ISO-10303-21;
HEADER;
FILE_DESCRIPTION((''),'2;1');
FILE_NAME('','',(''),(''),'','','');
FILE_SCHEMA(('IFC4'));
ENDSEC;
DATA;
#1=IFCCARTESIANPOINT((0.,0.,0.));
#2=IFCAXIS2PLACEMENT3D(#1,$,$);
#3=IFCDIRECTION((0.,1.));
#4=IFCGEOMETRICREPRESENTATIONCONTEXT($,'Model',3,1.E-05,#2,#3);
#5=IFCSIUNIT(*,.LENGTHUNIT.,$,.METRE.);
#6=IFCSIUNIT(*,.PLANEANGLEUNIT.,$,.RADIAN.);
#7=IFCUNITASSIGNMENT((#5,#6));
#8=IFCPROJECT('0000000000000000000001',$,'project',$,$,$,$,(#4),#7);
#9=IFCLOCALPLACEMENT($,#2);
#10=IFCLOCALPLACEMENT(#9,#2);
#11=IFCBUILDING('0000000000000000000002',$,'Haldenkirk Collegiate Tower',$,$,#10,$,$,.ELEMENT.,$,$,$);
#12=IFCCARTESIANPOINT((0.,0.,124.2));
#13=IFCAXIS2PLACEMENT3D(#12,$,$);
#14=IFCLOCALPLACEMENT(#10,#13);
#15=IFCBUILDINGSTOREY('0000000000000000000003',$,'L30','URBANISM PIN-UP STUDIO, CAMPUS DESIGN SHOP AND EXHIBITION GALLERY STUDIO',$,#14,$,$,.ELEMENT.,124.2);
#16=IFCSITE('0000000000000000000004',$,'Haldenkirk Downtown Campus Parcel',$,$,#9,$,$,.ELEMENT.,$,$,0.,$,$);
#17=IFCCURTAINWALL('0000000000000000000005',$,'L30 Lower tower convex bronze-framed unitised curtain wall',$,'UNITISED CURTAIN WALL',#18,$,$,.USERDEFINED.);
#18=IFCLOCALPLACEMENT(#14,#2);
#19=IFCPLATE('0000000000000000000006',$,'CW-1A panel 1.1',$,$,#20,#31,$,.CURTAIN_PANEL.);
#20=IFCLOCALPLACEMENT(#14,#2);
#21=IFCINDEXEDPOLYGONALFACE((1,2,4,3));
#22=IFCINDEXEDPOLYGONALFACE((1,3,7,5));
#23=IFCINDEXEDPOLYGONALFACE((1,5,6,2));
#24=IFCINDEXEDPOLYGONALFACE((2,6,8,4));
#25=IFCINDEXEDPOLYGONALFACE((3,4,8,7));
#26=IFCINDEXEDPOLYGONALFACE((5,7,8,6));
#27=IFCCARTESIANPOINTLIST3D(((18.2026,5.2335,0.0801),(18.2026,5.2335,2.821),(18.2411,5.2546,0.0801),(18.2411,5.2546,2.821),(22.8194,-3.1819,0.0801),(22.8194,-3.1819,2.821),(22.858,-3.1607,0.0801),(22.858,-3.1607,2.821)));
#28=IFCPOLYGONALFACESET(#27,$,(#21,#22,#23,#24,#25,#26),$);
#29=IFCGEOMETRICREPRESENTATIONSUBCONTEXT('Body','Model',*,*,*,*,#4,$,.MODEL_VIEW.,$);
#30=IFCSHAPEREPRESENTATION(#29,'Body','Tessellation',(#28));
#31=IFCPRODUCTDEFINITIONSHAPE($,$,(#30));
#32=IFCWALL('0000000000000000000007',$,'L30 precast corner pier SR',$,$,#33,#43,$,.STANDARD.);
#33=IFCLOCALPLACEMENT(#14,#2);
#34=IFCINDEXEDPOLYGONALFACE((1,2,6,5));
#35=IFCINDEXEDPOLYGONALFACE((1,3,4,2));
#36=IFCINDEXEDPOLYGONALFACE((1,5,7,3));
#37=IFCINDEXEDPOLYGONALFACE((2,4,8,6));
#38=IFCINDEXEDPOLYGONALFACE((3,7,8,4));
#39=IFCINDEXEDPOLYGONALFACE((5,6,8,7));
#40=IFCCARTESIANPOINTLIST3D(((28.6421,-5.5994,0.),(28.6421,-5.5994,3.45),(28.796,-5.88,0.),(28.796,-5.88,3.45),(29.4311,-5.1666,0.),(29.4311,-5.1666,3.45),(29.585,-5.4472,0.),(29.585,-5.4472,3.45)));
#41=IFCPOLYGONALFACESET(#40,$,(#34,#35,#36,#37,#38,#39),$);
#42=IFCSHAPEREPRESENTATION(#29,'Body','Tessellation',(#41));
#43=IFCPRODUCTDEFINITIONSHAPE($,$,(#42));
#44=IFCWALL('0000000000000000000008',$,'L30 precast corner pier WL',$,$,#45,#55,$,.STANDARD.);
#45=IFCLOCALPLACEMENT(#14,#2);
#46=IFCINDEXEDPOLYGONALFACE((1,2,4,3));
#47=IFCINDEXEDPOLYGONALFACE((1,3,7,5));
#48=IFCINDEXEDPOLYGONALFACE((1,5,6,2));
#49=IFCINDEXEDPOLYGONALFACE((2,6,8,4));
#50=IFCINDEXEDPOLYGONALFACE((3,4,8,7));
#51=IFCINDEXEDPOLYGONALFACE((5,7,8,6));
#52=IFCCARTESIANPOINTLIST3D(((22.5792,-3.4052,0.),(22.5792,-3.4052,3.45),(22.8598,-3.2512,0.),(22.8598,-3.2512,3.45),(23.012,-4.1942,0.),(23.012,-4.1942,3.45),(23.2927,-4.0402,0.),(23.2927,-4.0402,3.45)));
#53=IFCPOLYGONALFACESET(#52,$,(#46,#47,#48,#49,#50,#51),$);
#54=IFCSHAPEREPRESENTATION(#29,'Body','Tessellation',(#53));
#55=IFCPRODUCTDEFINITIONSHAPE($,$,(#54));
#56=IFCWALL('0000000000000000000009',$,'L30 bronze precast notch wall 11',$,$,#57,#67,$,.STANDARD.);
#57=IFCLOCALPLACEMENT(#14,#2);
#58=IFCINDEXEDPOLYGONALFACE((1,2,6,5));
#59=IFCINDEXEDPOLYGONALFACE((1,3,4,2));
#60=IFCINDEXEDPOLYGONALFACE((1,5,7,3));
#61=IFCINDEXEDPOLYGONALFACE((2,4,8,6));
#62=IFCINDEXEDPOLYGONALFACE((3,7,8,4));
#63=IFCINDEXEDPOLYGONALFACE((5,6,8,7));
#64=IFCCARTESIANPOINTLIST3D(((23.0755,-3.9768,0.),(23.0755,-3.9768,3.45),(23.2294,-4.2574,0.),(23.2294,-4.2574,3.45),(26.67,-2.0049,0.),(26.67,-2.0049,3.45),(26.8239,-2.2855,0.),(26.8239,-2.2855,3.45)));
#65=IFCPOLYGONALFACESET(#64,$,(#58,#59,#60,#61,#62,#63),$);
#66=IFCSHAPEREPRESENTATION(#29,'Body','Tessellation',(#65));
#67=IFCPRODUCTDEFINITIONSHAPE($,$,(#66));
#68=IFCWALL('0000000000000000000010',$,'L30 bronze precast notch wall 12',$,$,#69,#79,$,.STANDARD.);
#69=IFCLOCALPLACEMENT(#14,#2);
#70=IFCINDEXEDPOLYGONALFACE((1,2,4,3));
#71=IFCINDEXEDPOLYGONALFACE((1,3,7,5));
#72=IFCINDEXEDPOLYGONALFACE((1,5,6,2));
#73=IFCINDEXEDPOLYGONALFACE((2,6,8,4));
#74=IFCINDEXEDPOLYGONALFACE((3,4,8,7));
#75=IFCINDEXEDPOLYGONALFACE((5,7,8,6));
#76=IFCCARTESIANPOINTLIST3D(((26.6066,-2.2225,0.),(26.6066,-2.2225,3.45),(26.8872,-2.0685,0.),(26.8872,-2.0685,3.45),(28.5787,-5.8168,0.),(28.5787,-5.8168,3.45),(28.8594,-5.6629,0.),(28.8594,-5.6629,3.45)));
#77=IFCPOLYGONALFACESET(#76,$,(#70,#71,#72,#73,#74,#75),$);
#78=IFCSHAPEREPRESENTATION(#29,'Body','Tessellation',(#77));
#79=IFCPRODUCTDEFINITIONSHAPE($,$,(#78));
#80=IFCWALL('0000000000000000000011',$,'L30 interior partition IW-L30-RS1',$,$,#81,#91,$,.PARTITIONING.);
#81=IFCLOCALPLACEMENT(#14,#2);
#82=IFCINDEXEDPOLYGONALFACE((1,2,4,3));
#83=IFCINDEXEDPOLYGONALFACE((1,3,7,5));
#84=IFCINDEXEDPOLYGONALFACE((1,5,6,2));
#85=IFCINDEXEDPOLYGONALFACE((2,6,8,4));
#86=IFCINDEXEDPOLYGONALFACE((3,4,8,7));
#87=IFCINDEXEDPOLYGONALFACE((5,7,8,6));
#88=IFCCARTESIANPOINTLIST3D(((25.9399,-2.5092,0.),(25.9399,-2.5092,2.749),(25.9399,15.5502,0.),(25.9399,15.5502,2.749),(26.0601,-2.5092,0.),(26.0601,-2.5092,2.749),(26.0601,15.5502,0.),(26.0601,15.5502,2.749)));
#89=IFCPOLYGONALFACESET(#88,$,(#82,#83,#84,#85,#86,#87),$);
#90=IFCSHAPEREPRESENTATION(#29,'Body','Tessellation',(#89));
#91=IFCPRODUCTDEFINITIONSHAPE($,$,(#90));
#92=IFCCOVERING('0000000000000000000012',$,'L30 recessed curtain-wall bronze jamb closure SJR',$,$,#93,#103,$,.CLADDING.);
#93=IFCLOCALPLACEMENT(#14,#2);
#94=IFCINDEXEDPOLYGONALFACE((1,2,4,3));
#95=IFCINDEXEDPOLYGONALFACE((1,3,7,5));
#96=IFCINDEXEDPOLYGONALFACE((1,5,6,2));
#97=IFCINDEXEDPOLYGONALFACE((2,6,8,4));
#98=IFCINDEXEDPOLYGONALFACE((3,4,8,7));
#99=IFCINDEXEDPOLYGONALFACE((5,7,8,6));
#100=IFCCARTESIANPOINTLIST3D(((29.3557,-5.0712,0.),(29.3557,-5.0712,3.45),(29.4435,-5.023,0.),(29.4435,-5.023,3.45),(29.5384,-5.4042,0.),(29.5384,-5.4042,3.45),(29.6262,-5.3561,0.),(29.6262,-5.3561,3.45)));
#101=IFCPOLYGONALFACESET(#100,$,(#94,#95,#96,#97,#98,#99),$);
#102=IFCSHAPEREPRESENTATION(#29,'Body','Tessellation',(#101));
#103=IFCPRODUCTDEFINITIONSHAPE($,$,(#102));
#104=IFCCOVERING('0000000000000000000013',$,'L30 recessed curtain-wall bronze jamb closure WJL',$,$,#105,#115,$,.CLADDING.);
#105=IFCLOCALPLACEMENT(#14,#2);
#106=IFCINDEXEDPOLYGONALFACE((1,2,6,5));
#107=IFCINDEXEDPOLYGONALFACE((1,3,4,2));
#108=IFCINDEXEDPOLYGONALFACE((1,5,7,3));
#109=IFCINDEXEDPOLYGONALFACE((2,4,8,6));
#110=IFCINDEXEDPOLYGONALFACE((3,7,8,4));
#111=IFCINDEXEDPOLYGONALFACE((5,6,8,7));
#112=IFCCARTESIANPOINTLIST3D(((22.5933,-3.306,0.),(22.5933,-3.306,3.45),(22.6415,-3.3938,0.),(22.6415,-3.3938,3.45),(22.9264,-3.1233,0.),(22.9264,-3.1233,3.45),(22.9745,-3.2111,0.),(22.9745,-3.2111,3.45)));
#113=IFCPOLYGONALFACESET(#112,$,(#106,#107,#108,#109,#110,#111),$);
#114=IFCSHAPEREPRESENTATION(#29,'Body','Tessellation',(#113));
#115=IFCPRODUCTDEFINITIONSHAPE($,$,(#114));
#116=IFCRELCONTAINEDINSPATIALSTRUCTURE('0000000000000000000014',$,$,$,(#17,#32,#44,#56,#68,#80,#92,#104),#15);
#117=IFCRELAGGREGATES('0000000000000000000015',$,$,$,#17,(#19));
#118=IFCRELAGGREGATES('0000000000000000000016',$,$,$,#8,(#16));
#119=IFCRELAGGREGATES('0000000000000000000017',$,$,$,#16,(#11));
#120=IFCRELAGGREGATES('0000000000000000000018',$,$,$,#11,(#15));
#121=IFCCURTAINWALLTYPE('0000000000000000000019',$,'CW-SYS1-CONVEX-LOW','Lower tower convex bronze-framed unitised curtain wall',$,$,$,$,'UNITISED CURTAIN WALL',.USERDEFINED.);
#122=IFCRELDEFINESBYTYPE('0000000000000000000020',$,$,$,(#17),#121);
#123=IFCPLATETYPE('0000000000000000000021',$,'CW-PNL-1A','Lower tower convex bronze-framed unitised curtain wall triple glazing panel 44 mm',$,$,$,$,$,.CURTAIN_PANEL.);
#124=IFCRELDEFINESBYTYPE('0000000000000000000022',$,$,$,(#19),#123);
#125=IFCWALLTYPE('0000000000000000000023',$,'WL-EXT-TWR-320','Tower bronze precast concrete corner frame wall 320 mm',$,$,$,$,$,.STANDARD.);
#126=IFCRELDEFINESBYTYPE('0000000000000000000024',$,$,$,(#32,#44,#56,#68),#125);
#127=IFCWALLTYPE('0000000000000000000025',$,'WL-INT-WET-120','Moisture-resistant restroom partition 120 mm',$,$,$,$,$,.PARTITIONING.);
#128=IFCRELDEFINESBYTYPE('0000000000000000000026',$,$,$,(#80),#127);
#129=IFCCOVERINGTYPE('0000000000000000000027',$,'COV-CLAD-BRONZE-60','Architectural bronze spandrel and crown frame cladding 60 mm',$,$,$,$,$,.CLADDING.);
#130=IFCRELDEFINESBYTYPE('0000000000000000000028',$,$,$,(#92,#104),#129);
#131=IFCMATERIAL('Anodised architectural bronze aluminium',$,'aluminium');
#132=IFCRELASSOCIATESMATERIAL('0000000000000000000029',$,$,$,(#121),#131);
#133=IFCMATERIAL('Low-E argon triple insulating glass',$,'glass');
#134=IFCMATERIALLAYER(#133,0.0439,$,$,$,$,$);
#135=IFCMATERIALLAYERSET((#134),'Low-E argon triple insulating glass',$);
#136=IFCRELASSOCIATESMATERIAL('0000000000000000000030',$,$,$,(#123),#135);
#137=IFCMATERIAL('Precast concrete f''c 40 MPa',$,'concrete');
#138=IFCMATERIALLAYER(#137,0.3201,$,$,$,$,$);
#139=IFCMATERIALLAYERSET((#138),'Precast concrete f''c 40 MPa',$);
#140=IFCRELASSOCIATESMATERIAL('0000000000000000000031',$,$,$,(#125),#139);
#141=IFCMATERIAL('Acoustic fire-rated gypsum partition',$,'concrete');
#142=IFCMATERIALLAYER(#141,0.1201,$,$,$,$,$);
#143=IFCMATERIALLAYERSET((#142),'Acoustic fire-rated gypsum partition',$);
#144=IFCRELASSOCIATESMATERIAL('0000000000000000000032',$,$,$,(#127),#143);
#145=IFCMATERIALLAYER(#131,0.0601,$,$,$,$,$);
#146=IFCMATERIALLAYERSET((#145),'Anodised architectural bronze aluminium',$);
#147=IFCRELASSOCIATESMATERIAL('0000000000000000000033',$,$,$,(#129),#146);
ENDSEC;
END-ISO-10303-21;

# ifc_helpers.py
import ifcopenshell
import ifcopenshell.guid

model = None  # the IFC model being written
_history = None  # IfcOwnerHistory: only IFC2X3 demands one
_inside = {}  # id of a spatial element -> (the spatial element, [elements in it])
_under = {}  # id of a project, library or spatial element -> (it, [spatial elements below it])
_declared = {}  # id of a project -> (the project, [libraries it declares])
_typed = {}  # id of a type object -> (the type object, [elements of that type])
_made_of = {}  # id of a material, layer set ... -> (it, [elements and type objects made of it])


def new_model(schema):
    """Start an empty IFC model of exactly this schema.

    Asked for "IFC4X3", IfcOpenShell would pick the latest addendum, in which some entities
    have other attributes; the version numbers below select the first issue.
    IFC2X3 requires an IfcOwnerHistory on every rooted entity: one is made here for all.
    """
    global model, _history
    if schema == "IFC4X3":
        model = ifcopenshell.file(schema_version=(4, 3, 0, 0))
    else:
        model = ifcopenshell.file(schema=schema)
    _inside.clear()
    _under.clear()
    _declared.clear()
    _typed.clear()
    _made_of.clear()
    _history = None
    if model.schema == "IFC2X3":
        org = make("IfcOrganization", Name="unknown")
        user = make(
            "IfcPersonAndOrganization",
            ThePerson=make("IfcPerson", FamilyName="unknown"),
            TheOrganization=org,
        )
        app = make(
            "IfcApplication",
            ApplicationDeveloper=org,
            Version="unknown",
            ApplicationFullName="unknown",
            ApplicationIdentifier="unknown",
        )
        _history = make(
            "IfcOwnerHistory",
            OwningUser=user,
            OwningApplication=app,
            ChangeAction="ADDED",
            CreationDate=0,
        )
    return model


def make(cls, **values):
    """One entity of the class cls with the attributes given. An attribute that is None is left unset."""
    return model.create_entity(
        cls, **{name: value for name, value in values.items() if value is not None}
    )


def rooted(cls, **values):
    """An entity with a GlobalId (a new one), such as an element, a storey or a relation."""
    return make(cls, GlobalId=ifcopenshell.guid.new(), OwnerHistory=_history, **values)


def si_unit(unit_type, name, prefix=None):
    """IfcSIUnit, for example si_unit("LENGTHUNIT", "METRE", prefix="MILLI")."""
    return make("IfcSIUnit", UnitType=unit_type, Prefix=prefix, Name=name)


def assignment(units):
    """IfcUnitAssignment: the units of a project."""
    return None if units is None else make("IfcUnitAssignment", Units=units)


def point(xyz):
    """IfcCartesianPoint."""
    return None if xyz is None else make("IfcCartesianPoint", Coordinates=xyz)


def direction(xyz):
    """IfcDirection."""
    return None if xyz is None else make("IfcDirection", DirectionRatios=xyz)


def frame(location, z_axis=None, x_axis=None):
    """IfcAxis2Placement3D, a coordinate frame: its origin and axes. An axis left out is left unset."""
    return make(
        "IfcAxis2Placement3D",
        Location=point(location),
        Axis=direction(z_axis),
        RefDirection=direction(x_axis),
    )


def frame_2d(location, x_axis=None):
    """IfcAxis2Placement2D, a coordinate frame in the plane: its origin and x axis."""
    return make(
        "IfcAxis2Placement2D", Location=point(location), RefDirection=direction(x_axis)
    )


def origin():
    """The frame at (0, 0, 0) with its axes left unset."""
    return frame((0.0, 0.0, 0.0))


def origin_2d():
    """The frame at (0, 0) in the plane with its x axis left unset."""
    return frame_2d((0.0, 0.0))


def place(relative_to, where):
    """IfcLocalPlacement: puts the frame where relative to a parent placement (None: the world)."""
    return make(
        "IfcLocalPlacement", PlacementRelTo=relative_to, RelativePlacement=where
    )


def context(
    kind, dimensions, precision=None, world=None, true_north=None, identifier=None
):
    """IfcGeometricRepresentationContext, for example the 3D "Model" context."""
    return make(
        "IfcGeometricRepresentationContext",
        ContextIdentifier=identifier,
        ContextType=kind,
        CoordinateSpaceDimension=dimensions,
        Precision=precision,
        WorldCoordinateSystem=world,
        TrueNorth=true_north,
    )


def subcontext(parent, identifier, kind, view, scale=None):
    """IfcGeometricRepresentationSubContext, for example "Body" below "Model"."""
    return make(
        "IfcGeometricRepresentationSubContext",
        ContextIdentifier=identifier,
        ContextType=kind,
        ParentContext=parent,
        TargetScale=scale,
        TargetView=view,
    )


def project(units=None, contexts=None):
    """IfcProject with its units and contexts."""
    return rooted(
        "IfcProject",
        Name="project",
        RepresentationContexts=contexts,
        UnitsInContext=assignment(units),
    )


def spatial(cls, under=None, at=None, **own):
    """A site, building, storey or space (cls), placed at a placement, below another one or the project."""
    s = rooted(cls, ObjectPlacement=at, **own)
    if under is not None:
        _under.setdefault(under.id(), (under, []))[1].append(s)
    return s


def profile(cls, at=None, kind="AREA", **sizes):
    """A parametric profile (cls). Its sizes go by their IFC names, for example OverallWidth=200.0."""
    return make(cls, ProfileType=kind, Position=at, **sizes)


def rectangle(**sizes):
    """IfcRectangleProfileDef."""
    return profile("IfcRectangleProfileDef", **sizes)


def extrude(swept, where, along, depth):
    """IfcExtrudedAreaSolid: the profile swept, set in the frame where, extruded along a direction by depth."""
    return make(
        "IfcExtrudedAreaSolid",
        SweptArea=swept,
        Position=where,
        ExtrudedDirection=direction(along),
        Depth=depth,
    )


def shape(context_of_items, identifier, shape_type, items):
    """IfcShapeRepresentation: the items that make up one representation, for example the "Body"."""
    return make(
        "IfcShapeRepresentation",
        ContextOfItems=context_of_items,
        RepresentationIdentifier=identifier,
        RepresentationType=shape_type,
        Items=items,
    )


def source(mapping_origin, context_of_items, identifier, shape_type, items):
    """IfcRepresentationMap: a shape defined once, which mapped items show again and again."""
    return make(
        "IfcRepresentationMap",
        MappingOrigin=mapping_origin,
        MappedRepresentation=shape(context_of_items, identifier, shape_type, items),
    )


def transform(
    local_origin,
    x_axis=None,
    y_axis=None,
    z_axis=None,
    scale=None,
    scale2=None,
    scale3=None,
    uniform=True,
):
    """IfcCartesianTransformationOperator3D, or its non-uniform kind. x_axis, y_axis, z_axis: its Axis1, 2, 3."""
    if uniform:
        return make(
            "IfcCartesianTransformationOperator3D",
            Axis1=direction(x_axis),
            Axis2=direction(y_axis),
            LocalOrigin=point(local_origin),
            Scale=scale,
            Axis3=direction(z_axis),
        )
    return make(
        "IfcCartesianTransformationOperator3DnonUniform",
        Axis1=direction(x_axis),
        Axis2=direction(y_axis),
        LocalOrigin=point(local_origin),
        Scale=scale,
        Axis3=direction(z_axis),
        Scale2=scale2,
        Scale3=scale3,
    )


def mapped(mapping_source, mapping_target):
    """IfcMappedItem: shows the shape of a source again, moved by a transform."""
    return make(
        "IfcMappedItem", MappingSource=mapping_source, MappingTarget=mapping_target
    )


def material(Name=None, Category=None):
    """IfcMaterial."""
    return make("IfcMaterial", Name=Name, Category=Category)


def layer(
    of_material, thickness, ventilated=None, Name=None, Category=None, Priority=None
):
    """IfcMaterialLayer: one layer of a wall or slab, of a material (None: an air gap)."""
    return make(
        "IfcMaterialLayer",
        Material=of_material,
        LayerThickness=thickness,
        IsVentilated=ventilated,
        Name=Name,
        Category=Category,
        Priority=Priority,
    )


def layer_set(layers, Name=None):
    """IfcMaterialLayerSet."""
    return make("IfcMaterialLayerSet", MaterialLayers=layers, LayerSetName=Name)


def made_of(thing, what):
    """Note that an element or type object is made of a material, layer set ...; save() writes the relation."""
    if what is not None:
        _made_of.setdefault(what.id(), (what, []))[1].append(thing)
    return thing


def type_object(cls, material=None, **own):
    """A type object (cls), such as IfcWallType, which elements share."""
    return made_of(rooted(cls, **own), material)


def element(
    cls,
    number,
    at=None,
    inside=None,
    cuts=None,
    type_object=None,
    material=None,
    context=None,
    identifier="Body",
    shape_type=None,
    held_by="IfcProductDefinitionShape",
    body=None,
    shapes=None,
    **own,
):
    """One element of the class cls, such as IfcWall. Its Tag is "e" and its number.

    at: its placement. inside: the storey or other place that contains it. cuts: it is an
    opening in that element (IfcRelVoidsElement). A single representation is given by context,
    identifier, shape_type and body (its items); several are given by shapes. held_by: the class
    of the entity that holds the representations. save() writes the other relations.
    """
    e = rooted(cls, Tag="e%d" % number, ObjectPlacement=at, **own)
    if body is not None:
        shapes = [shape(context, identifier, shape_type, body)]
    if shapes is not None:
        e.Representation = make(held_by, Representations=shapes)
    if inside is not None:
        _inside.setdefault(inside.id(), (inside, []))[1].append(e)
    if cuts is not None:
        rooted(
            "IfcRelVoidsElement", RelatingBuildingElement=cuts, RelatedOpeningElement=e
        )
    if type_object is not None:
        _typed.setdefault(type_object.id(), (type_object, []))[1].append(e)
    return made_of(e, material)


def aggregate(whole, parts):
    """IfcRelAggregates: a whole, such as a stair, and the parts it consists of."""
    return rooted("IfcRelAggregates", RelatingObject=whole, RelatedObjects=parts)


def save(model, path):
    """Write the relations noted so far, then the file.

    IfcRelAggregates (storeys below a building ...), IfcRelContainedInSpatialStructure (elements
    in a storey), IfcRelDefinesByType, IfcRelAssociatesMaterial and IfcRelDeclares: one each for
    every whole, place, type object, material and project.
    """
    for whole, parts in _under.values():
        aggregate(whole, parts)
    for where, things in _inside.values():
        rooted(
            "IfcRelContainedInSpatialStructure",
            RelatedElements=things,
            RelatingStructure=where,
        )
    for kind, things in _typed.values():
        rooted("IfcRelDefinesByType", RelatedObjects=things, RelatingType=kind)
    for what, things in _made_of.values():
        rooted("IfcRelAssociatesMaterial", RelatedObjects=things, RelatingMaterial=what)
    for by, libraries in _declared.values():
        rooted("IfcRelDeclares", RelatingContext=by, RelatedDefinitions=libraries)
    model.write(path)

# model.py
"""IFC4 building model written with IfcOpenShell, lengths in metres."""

from ifc_helpers import new_model, si_unit, direction, frame, frame_2d, origin, origin_2d, place, context, subcontext, project, spatial, rectangle, extrude, source, transform, mapped, material, layer, layer_set, type_object, element, aggregate, save


model = new_model("IFC4")

# Units and contexts
model_context = context("Model", 3, precision=1e-05, world=origin(), true_north=direction((0.0, 1.0)))
body_context = subcontext(model_context, "Body", "Model", "MODEL_VIEW")
ifc_project = project(units=[si_unit("LENGTHUNIT", "METRE"), si_unit("PLANEANGLEUNIT", "RADIAN")], contexts=[model_context])

# Site, building, storey
site_placement = place(None, origin())
site = spatial("IfcSite", under=ifc_project, at=site_placement, Name="Haldenkirk Downtown Campus Parcel", CompositionType="ELEMENT", RefElevation=0.0)
building_placement = place(site_placement, origin())
building = spatial("IfcBuilding", under=site, at=building_placement, Name="Haldenkirk Collegiate Tower", CompositionType="ELEMENT")
storey_placement = place(building_placement, frame((0.0, 0.0, 124.2)))
storey = spatial("IfcBuildingStorey", under=building, at=storey_placement, Name="L30", Description="URBANISM PIN-UP STUDIO, CAMPUS DESIGN SHOP AND EXHIBITION GALLERY STUDIO", CompositionType="ELEMENT", Elevation=124.2)

# Shared definitions
ifc_material_1 = material(Name="Anodised architectural bronze aluminium", Category="aluminium")

# Curtain wall, plate
curtain_wall_type_1 = type_object("IfcCurtainWallType", Name="CW-SYS1-CONVEX-LOW", Description="Lower tower convex bronze-framed unitised curtain wall", ElementType="UNITISED CURTAIN WALL", PredefinedType="USERDEFINED", material=ifc_material_1)
curtain_wall_1_placement = place(storey_placement, origin())
curtain_wall_1 = element("IfcCurtainWall", 1, at=curtain_wall_1_placement, inside=storey, type_object=curtain_wall_type_1, Name="L30 Lower tower convex bronze-framed unitised curtain wall", ObjectType="UNITISED CURTAIN WALL", PredefinedType="USERDEFINED")
ifc_material_2 = material(Name="Low-E argon triple insulating glass", Category="glass")
ifc_layer_1 = layer(ifc_material_2, 0.0439)
ifc_layer_set_1 = layer_set([ifc_layer_1], Name="Low-E argon triple insulating glass")
plate_type = type_object("IfcPlateType", Name="CW-PNL-1A", Description="Lower tower convex bronze-framed unitised curtain wall triple glazing panel 44 mm", PredefinedType="CURTAIN_PANEL", material=ifc_layer_set_1)
shared_shape_1 = source(origin(), body_context, "Body", "SweptSolid", [
    extrude(rectangle(XDim=9.5986, YDim=0.0439, at=origin_2d()), origin(), (0.0, 0.0, 1.0), 2.741),
])
plate_placement = place(storey_placement, frame((20.5303, 1.0364, 0.0801), z_axis=(0.0, 0.0, 1.0), x_axis=(-0.480989, 0.876727, 0.0)))
plate = element("IfcPlate", 2, at=plate_placement, type_object=plate_type, Name="CW-1A panel 1.1", PredefinedType="CURTAIN_PANEL", context=body_context, shape_type="MappedRepresentation", body=[
    mapped(shared_shape_1, transform((0.0, 0.0, 0.0), x_axis=(1.0, 0.0, 0.0), y_axis=(0.0, 1.0, 0.0), z_axis=(0.0, 0.0, 1.0), scale=1.0)),
])
aggregate(curtain_wall_1, [plate])

# Walls
ifc_material_3 = material(Name="Precast concrete f'c 40 MPa", Category="concrete")
ifc_layer_2 = layer(ifc_material_3, 0.3201)
ifc_layer_set_2 = layer_set([ifc_layer_2], Name="Precast concrete f'c 40 MPa")
wall_type_1 = type_object("IfcWallType", Name="WL-EXT-TWR-320", Description="Tower bronze precast concrete corner frame wall 320 mm", PredefinedType="STANDARD", material=ifc_layer_set_2)
for number, where, z_axis, x_axis, name in (
    (3, (29.5081, -5.3069, 0.0), (0.0, 0.0, 1.0), (-0.876742, -0.48096, 0.0), "L30 precast corner pier SR"),
    (4, (23.1523, -4.1172, 0.0), (0.0, 0.0, 1.0), (-0.48096, 0.876742, 0.0), "L30 precast corner pier WL"),
):
    element("IfcWall", number, at=place(storey_placement, frame(where, z_axis=z_axis, x_axis=x_axis)), inside=storey, type_object=wall_type_1, Name=name, PredefinedType="STANDARD", context=body_context, shape_type="SweptSolid", body=[
        extrude(rectangle(XDim=0.8999, YDim=0.3201, at=frame_2d((0.45, 0.0))), origin(), (0.0, 0.0, 1.0), 3.45),
    ])
for number, where, z_axis, x_axis, name in (
    (5, (26.7468, -2.1453, 0.0), (0.0, 0.0, 1.0), (-0.876735, -0.480974, 0.0), "L30 bronze precast notch wall 11"),
    (6, (28.719, -5.7397, 0.0), (0.0, 0.0, 1.0), (-0.48102, 0.87671, 0.0), "L30 bronze precast notch wall 12"),
):
    element("IfcWall", number, at=place(storey_placement, frame(where, z_axis=z_axis, x_axis=x_axis)), inside=storey, type_object=wall_type_1, Name=name, PredefinedType="STANDARD", context=body_context, shape_type="SweptSolid", body=[
        extrude(rectangle(XDim=4.0999, YDim=0.3201, at=frame_2d((2.0498, 0.0))), origin(), (0.0, 0.0, 1.0), 3.45),
    ])
ifc_material_4 = material(Name="Acoustic fire-rated gypsum partition", Category="concrete")
ifc_layer_3 = layer(ifc_material_4, 0.1201)
ifc_layer_set_3 = layer_set([ifc_layer_3], Name="Acoustic fire-rated gypsum partition")
wall_type_2 = type_object("IfcWallType", Name="WL-INT-WET-120", Description="Moisture-resistant restroom partition 120 mm", PredefinedType="PARTITIONING", material=ifc_layer_set_3)
wall_placement = place(storey_placement, frame((26.0, -2.5093, 0.0), z_axis=(0.0, 0.0, 1.0), x_axis=(0.0, 1.0, 0.0)))
element("IfcWall", 7, at=wall_placement, inside=storey, type_object=wall_type_2, Name="L30 interior partition IW-L30-RS1", PredefinedType="PARTITIONING", context=body_context, shape_type="SweptSolid", body=[
    extrude(rectangle(XDim=18.0593, YDim=0.1201, at=frame_2d((9.0298, 0.0))), origin(), (0.0, 0.0, 1.0), 2.749),
])

# Coverings
ifc_layer_4 = layer(ifc_material_1, 0.0601)
ifc_layer_set_4 = layer_set([ifc_layer_4], Name="Anodised architectural bronze aluminium")
covering_type = type_object("IfcCoveringType", Name="COV-CLAD-BRONZE-60", Description="Architectural bronze spandrel and crown frame cladding 60 mm", PredefinedType="CLADDING", material=ifc_layer_set_4)
shared_shape_2 = source(origin(), body_context, "Body", "SweptSolid", [
    extrude(rectangle(XDim=0.1001, YDim=0.3799, at=origin_2d()), origin(), (0.0, 0.0, 1.0), 3.45),
])
for number, where, z_axis, x_axis, name in (
    (8, (29.491, -5.2136, 0.0), (0.0, 0.0, 1.0), (-0.876727, -0.480989, 0.0), "L30 recessed curtain-wall bronze jamb closure SJR"),
    (9, (22.7839, -3.2585, 0.0), (0.0, 0.0, 1.0), (-0.480989, 0.876727, 0.0), "L30 recessed curtain-wall bronze jamb closure WJL"),
):
    element("IfcCovering", number, at=place(storey_placement, frame(where, z_axis=z_axis, x_axis=x_axis)), inside=storey, type_object=covering_type, Name=name, PredefinedType="CLADDING", context=body_context, shape_type="MappedRepresentation", body=[
        mapped(shared_shape_2, transform((0.0, 0.0, 0.0), x_axis=(1.0, 0.0, 0.0), y_axis=(0.0, 1.0, 0.0), z_axis=(0.0, 0.0, 1.0), scale=1.0)),
    ])

save(model, "model.ifc")
